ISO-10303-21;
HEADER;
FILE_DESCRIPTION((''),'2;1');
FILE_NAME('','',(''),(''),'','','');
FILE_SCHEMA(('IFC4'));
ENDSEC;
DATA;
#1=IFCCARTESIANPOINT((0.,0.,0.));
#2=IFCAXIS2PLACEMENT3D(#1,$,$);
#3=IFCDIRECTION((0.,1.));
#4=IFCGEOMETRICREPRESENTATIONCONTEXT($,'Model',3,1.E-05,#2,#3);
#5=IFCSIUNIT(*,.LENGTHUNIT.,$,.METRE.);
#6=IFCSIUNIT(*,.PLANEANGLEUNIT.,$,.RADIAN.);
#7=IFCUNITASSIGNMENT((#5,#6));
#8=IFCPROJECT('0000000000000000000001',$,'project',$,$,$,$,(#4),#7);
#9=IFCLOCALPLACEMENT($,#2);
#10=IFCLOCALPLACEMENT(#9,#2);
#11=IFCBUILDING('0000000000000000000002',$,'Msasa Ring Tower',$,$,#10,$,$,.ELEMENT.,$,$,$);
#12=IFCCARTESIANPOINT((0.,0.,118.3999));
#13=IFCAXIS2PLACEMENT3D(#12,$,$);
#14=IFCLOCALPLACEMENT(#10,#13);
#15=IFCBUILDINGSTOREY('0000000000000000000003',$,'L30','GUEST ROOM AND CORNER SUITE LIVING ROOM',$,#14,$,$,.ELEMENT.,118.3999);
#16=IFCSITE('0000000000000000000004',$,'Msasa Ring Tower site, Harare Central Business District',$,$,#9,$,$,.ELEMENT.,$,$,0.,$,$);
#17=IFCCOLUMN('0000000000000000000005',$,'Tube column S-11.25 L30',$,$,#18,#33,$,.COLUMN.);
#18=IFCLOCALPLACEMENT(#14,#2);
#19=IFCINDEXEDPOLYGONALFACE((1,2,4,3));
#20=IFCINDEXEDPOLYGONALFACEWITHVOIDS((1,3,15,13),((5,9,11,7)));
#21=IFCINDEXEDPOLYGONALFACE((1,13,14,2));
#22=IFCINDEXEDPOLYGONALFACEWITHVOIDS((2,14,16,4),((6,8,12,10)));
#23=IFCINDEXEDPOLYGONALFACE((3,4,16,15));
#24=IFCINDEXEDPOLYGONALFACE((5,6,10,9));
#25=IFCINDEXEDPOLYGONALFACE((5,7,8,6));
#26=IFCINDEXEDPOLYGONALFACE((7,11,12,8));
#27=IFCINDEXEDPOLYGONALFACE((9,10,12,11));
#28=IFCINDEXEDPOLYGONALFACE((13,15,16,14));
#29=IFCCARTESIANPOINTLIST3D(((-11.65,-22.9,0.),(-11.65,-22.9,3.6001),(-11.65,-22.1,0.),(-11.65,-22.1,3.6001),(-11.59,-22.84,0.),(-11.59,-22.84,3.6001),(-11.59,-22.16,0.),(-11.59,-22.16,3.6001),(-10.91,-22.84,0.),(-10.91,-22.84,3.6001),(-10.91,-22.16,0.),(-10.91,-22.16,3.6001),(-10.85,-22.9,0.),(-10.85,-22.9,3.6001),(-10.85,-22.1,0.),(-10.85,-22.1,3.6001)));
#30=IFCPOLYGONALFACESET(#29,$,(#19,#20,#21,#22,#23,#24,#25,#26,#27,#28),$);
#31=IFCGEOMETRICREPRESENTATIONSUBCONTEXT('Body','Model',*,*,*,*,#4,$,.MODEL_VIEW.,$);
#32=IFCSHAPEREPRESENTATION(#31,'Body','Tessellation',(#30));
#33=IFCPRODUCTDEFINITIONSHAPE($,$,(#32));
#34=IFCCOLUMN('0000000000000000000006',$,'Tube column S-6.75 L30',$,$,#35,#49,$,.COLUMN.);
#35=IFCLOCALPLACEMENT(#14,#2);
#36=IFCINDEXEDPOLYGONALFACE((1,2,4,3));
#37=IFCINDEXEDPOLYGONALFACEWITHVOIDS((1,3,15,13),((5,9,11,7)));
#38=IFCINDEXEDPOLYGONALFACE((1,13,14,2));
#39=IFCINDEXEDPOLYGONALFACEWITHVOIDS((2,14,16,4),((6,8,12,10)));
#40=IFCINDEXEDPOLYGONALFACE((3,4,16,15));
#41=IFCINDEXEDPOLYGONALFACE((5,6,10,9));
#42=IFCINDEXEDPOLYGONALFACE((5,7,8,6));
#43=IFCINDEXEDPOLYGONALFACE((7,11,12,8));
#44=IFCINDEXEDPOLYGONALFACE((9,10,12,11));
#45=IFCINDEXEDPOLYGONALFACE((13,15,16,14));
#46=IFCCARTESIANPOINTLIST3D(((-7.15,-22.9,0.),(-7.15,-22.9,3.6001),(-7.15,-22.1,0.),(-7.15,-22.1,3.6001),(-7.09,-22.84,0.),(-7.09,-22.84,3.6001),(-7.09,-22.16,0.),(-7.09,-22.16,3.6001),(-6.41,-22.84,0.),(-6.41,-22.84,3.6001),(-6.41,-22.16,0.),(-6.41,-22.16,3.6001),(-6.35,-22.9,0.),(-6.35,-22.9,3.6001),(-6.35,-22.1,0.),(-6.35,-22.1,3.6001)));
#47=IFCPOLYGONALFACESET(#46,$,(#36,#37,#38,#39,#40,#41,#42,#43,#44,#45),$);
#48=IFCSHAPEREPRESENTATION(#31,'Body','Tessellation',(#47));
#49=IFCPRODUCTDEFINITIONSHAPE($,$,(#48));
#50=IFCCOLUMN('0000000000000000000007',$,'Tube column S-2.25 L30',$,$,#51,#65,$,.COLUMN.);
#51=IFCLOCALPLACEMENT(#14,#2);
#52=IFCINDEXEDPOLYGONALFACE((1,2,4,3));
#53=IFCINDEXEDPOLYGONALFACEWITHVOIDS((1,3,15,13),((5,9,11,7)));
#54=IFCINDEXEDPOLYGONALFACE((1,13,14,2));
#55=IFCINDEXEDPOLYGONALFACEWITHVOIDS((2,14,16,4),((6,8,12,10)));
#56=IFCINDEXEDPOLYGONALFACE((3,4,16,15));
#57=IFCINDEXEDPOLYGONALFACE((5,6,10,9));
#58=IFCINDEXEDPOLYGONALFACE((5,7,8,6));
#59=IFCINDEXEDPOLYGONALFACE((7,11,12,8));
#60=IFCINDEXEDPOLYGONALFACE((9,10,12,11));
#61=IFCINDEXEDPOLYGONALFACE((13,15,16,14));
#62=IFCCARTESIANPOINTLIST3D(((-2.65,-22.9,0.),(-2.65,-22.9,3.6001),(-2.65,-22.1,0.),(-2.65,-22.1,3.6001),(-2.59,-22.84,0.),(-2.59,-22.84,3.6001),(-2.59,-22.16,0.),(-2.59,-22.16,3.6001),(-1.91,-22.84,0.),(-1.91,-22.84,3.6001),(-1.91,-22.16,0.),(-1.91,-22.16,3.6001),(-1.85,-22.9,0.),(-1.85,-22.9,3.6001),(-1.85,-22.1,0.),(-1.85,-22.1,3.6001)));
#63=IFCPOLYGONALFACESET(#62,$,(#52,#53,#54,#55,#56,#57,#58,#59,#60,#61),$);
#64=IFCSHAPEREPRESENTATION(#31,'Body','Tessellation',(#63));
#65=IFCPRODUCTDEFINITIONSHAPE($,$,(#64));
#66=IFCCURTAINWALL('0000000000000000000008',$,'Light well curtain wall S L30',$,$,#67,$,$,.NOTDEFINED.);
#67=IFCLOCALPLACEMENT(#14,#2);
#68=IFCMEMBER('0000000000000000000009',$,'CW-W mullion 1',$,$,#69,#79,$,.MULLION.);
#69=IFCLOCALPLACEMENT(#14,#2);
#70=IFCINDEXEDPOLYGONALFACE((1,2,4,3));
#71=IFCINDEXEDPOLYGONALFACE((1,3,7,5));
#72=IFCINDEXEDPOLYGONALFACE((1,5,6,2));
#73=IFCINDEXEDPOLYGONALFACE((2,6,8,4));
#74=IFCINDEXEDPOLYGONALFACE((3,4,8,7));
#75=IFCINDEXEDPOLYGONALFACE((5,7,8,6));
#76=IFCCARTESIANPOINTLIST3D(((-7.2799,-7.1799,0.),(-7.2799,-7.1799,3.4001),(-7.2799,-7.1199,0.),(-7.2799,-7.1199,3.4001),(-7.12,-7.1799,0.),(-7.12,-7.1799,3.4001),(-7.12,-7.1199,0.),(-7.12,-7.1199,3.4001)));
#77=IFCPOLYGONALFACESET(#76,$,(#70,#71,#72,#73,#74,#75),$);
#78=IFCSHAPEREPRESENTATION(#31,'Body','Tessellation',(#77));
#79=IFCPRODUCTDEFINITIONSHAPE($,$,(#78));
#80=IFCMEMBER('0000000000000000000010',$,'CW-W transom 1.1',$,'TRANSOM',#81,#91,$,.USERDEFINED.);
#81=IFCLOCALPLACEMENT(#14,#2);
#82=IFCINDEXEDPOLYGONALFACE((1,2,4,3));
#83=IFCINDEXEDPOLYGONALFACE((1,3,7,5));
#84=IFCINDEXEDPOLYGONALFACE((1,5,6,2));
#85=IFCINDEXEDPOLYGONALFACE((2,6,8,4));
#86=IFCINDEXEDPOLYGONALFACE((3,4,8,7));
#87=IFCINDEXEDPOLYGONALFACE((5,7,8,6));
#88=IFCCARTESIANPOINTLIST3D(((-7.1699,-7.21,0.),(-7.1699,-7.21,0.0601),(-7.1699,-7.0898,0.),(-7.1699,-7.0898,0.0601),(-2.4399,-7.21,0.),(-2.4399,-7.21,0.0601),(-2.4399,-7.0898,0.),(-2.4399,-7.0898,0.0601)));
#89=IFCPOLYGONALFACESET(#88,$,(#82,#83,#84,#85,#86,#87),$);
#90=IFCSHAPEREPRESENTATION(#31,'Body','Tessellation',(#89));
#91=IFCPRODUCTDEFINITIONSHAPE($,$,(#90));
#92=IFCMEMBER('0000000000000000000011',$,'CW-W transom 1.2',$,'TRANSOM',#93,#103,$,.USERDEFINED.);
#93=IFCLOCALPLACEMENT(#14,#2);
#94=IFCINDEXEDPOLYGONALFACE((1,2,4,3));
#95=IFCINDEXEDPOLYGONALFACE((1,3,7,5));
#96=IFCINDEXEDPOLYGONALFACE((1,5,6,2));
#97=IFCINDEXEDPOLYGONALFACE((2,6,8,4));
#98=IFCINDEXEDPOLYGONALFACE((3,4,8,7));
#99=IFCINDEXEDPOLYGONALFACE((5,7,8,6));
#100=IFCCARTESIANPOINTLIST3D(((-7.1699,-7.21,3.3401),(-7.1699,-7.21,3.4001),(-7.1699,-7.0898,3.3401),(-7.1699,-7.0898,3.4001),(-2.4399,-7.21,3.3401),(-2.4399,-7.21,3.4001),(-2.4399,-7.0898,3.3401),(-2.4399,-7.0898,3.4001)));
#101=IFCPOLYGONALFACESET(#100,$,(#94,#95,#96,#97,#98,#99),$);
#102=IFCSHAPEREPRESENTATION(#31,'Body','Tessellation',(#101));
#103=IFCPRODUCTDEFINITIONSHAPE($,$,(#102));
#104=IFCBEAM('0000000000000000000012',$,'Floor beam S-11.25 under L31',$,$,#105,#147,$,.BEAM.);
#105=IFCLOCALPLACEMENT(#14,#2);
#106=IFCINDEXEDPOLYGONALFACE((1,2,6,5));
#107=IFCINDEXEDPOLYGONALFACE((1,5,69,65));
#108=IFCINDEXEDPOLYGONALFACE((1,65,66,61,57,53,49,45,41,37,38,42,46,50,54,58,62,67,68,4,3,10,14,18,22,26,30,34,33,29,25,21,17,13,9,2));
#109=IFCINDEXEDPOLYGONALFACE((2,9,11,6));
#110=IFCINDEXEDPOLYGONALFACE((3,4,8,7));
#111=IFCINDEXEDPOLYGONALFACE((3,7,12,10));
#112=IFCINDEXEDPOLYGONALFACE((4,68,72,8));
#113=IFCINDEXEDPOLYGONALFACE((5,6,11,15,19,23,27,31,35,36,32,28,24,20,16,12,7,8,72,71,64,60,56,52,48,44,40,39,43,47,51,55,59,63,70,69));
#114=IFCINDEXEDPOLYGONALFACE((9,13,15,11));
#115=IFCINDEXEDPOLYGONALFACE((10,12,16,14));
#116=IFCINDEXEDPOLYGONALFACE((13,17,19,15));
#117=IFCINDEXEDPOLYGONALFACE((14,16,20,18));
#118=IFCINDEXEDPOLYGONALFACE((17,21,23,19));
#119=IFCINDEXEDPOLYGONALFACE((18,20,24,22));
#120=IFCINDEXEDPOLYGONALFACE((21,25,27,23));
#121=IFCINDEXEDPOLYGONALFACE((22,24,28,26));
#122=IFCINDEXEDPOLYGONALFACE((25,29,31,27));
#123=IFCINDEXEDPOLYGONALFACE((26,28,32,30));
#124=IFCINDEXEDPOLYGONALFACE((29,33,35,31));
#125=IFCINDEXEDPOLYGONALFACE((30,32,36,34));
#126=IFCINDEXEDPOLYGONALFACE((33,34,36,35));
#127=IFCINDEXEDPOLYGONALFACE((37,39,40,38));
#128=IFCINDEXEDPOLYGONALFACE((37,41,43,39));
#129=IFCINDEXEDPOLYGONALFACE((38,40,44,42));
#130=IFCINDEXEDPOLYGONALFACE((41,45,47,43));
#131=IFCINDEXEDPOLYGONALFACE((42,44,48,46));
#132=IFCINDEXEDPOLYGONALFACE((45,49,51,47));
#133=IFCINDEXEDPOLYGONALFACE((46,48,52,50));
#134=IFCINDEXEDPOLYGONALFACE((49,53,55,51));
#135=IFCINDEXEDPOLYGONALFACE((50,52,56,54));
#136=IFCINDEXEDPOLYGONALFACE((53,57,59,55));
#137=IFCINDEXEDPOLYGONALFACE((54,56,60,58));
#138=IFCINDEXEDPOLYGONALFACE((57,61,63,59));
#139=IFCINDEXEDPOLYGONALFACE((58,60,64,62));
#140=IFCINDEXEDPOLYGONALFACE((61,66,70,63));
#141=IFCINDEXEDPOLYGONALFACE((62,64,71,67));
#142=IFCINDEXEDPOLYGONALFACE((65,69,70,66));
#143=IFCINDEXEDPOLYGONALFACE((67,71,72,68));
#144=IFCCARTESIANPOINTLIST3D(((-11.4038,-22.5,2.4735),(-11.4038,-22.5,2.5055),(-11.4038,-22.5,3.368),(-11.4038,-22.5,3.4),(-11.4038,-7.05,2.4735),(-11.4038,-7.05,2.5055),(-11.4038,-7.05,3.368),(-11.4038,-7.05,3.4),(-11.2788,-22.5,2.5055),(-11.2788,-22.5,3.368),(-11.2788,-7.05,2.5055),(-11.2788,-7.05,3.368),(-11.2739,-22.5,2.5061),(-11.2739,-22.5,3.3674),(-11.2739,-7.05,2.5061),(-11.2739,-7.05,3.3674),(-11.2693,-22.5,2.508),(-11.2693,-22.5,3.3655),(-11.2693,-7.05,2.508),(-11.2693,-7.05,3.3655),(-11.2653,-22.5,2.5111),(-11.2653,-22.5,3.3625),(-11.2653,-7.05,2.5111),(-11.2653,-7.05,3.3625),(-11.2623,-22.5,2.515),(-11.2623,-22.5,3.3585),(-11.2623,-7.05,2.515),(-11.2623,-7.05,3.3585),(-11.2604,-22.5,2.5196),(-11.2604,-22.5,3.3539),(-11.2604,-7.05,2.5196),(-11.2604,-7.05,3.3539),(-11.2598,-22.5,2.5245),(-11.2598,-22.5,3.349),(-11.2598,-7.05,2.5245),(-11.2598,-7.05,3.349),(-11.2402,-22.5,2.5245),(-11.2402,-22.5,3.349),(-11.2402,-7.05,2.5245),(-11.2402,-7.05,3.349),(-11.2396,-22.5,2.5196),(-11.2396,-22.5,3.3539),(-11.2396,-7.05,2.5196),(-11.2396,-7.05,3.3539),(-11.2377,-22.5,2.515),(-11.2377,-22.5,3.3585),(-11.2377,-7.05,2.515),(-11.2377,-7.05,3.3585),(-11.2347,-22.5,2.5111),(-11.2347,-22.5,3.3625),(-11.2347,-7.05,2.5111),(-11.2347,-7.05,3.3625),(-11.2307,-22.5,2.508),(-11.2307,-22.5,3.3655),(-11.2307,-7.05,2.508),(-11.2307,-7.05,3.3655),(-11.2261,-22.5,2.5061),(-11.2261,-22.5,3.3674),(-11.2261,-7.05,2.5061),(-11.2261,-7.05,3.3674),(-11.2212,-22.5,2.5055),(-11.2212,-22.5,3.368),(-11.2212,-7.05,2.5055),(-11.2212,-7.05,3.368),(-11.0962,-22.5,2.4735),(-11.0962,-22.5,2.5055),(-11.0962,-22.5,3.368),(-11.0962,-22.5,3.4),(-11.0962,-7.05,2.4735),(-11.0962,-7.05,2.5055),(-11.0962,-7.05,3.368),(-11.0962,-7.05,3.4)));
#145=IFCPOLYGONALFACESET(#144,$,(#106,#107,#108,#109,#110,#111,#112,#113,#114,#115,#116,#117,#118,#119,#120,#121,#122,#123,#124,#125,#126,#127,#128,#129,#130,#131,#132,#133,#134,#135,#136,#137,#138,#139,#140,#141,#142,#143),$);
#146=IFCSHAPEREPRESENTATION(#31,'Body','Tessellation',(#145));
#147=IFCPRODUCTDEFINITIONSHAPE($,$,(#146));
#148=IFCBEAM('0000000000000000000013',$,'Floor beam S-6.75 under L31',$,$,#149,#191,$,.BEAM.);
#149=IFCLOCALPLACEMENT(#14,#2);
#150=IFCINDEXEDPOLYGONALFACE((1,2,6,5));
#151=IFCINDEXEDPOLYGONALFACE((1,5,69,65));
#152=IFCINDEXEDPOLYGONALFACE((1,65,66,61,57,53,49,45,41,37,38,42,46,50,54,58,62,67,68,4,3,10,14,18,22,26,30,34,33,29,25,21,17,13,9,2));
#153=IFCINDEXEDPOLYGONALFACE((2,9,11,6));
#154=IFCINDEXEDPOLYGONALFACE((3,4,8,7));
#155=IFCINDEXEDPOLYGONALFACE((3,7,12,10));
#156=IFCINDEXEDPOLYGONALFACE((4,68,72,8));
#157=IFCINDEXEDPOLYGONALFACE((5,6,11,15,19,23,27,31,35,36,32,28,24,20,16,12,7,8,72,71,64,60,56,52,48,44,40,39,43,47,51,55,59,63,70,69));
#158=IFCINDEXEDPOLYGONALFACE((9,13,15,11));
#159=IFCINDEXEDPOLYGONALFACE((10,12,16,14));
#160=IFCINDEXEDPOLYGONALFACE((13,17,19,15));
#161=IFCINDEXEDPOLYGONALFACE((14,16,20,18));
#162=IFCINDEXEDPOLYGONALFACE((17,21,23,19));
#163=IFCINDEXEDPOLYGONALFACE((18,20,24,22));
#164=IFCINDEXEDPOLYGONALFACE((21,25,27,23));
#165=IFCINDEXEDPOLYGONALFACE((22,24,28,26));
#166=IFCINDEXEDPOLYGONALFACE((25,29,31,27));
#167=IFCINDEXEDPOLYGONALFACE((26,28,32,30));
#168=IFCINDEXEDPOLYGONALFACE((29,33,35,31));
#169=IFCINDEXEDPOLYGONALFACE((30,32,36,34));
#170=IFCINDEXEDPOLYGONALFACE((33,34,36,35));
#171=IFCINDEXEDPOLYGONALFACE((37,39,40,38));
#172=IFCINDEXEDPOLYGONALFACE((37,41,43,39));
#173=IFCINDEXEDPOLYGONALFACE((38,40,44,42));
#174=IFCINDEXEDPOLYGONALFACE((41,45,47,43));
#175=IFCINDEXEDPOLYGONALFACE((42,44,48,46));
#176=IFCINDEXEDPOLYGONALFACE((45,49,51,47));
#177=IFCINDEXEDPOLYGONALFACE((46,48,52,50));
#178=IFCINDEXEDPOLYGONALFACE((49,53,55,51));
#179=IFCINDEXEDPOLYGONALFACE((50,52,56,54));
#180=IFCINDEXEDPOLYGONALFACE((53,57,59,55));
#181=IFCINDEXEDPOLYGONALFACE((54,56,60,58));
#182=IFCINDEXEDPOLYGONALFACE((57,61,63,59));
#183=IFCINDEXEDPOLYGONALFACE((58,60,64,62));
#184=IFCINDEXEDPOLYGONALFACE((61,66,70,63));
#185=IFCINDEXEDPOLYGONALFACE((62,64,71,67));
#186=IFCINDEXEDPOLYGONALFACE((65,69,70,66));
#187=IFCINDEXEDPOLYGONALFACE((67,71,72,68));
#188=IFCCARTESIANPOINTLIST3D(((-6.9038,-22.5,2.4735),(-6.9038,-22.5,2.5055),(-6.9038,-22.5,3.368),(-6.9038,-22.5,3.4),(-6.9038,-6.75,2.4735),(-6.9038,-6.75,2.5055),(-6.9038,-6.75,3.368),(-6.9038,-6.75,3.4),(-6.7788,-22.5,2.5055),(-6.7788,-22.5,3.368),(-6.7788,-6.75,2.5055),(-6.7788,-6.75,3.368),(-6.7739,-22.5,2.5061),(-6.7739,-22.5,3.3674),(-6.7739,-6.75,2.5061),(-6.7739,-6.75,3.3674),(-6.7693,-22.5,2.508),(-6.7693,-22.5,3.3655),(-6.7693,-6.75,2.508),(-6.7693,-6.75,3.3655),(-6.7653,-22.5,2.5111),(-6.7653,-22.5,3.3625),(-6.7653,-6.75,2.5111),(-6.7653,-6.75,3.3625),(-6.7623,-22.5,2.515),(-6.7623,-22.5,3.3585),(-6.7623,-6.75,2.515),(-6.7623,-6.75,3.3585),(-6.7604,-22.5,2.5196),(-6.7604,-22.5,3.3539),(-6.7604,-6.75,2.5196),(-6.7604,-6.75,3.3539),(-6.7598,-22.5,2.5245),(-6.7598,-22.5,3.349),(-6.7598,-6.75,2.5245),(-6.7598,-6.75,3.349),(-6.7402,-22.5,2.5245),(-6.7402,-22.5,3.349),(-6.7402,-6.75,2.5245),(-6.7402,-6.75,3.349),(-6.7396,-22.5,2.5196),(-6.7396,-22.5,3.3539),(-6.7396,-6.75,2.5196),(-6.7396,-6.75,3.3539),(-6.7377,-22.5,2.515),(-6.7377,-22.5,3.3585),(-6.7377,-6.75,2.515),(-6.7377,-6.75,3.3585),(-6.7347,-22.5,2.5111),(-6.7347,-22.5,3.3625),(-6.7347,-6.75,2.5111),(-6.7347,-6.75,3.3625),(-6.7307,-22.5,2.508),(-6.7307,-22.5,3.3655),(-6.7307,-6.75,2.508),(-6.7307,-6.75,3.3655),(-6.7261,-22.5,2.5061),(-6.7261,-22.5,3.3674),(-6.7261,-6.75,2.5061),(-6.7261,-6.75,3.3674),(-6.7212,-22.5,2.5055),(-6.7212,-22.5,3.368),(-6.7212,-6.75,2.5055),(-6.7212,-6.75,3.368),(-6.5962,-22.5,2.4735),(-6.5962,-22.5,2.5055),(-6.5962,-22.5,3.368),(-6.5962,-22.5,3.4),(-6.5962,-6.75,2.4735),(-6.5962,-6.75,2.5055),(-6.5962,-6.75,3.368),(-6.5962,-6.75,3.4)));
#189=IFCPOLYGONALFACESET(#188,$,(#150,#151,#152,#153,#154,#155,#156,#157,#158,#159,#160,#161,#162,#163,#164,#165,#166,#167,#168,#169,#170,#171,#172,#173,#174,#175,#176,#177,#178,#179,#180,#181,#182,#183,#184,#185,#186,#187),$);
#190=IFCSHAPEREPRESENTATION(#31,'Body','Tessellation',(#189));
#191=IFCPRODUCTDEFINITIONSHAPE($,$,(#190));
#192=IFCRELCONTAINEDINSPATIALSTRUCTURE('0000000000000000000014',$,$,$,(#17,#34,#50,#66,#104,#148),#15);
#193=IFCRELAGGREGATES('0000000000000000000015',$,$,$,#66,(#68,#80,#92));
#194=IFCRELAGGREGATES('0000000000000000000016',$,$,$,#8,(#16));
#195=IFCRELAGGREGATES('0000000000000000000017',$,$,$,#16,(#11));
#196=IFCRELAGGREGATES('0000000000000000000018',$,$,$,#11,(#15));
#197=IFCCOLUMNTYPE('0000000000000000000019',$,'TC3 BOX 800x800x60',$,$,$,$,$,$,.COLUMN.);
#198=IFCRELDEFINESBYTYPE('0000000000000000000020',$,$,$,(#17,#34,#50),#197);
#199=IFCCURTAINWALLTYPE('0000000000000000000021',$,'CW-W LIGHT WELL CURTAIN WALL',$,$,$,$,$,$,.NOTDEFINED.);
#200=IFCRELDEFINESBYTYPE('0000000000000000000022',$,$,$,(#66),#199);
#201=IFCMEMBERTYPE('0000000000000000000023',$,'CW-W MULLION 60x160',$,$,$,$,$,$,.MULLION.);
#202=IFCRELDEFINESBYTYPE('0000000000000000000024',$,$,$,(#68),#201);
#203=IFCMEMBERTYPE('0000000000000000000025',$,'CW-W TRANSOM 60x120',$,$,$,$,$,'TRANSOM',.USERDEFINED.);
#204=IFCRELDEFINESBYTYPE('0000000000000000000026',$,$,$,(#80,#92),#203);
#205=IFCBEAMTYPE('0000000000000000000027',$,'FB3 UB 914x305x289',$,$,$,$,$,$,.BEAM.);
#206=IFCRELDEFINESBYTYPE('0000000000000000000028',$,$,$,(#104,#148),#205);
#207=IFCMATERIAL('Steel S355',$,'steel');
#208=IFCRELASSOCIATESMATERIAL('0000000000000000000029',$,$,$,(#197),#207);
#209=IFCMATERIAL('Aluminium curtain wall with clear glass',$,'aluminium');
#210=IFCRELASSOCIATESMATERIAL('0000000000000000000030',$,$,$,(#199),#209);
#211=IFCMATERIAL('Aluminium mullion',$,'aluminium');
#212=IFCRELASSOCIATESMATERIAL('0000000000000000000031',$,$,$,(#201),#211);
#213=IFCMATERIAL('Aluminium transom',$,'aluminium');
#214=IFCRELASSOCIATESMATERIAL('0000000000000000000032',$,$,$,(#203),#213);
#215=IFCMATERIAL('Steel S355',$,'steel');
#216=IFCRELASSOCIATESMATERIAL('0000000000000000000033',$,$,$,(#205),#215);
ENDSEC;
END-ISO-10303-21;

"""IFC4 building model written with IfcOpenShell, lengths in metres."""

from ifc_helpers import new_model, si_unit, direction, frame, origin, origin_2d, place, context, subcontext, project, spatial, rectangle, hollow_rectangle, i_section, extrude, material, material_profile, profile_set, type_object, element, aggregate, save


model = new_model("IFC4")

# Units and contexts
model_context = context("Model", 3, precision=1e-05, world=origin(), true_north=direction((0.0, 1.0)))
body_context = subcontext(model_context, "Body", "Model", "MODEL_VIEW")
ifc_project = project(units=[si_unit("LENGTHUNIT", "METRE"), si_unit("PLANEANGLEUNIT", "RADIAN")], contexts=[model_context])

# Site, building, storey
site_placement = place(None, origin())
site = spatial("IfcSite", under=ifc_project, at=site_placement, Name="Msasa Ring Tower site, Harare Central Business District", CompositionType="ELEMENT", RefElevation=0.0)
building_placement = place(site_placement, origin())
building = spatial("IfcBuilding", under=site, at=building_placement, Name="Msasa Ring Tower", CompositionType="ELEMENT")
storey_placement = place(building_placement, frame((0.0, 0.0, 118.3999)))
storey = spatial("IfcBuildingStorey", under=building, at=storey_placement, Name="L30", Description="GUEST ROOM AND CORNER SUITE LIVING ROOM", CompositionType="ELEMENT", Elevation=118.3999)

# Columns
ifc_material_1 = material(Name="Steel S355", Category="steel")
ifc_material_profile_1 = material_profile(ifc_material_1, hollow_rectangle(XDim=0.8, YDim=0.8, WallThickness=0.0601, at=origin_2d()), Name="BOX 800x800x60")
ifc_profile_set_1 = profile_set([ifc_material_profile_1], Name="Steel S355")
column_type = type_object("IfcColumnType", Name="TC3 BOX 800x800x60", PredefinedType="COLUMN", material=ifc_profile_set_1)
for number, where, z_axis, x_axis, name in (
    (1, (-11.25, -22.5, 0.0), (0.0, 0.0, 1.0), (0.0, 1.0, 0.0), "Tube column S-11.25 L30"),
    (2, (-6.75, -22.5, 0.0), (0.0, 0.0, 1.0), (0.0, 1.0, 0.0), "Tube column S-6.75 L30"),
    (3, (-2.25, -22.5, 0.0), (0.0, 0.0, 1.0), (0.0, 1.0, 0.0), "Tube column S-2.25 L30"),
):
    element("IfcColumn", number, at=place(storey_placement, frame(where, z_axis=z_axis, x_axis=x_axis)), inside=storey, type_object=column_type, Name=name, PredefinedType="COLUMN", context=body_context, shape_type="SweptSolid", body=[
        extrude(hollow_rectangle(XDim=0.8, YDim=0.8, WallThickness=0.0601, at=origin_2d()), origin(), (0.0, 0.0, 1.0), 3.6001),
    ])

# Curtain wall, members
ifc_material_2 = material(Name="Aluminium curtain wall with clear glass", Category="aluminium")
curtain_wall_type = type_object("IfcCurtainWallType", Name="CW-W LIGHT WELL CURTAIN WALL", PredefinedType="NOTDEFINED", material=ifc_material_2)
curtain_wall_placement = place(storey_placement, origin())
curtain_wall = element("IfcCurtainWall", 4, at=curtain_wall_placement, inside=storey, type_object=curtain_wall_type, Name="Light well curtain wall S L30", PredefinedType="NOTDEFINED")
ifc_material_3 = material(Name="Aluminium mullion", Category="aluminium")
ifc_material_profile_2 = material_profile(ifc_material_3, rectangle(XDim=0.0601, YDim=0.1599, at=origin_2d()), Name="AL 60x160")
ifc_profile_set_2 = profile_set([ifc_material_profile_2], Name="Aluminium mullion")
member_type_1 = type_object("IfcMemberType", Name="CW-W MULLION 60x160", PredefinedType="MULLION", material=ifc_profile_set_2)
member_1_placement = place(storey_placement, frame((-7.2, -7.1499, 0.0), z_axis=(0.0, 0.0, 1.0), x_axis=(0.0, 1.0, 0.0)))
member_1 = element("IfcMember", 5, at=member_1_placement, type_object=member_type_1, Name="CW-W mullion 1", PredefinedType="MULLION", context=body_context, shape_type="SweptSolid", body=[
    extrude(rectangle(XDim=0.0601, YDim=0.1599, at=origin_2d()), origin(), (0.0, 0.0, 1.0), 3.4001),
])
ifc_material_4 = material(Name="Aluminium transom", Category="aluminium")
ifc_material_profile_3 = material_profile(ifc_material_4, rectangle(XDim=0.1201, YDim=0.0601, at=origin_2d()), Name="AL 60x120")
ifc_profile_set_3 = profile_set([ifc_material_profile_3], Name="Aluminium transom")
member_type_2 = type_object("IfcMemberType", Name="CW-W TRANSOM 60x120", ElementType="TRANSOM", PredefinedType="USERDEFINED", material=ifc_profile_set_3)
member_2_placement = place(storey_placement, frame((-7.1699, -7.1499, 0.03), z_axis=(1.0, 0.0, 0.0), x_axis=(0.0, 1.0, 0.0)))
member_2 = element("IfcMember", 6, at=member_2_placement, type_object=member_type_2, Name="CW-W transom 1.1", ObjectType="TRANSOM", PredefinedType="USERDEFINED", context=body_context, shape_type="SweptSolid", body=[
    extrude(rectangle(XDim=0.1201, YDim=0.0601, at=origin_2d()), origin(), (0.0, 0.0, 1.0), 4.73),
])
member_3_placement = place(storey_placement, frame((-7.1699, -7.1499, 3.3701), z_axis=(1.0, 0.0, 0.0), x_axis=(0.0, 1.0, 0.0)))
member_3 = element("IfcMember", 7, at=member_3_placement, type_object=member_type_2, Name="CW-W transom 1.2", ObjectType="TRANSOM", PredefinedType="USERDEFINED", context=body_context, shape_type="SweptSolid", body=[
    extrude(rectangle(XDim=0.1201, YDim=0.0601, at=origin_2d()), origin(), (0.0, 0.0, 1.0), 4.73),
])

# Beams
ifc_material_5 = material(Name="Steel S355", Category="steel")
ifc_material_profile_4 = material_profile(ifc_material_5, i_section(OverallWidth=0.3076, OverallDepth=0.9265, WebThickness=0.0195, FlangeThickness=0.032, FilletRadius=0.019, at=origin_2d()), Name="UB 914x305x289")
ifc_profile_set_4 = profile_set([ifc_material_profile_4], Name="Steel S355")
beam_type_1 = type_object("IfcBeamType", Name="FB3 UB 914x305x289", PredefinedType="BEAM", material=ifc_profile_set_4)
beam_placement = place(storey_placement, frame((-11.25, -22.5, 2.9368), z_axis=(0.0, 1.0, 0.0), x_axis=(-1.0, 0.0, 0.0)))
element("IfcBeam", 8, at=beam_placement, inside=storey, type_object=beam_type_1, Name="Floor beam S-11.25 under L31", PredefinedType="BEAM", context=body_context, shape_type="SweptSolid", body=[
    extrude(i_section(OverallWidth=0.3076, OverallDepth=0.9265, WebThickness=0.0195, FlangeThickness=0.032, FilletRadius=0.019, at=origin_2d()), origin(), (0.0, 0.0, 1.0), 15.45),
])
for number, where, z_axis, x_axis, name in (
    (9, (-6.75, -22.5, 2.9368), (0.0, 1.0, 0.0), (-1.0, 0.0, 0.0), "Floor beam S-6.75 under L31"),
):
    element("IfcBeam", number, at=place(storey_placement, frame(where, z_axis=z_axis, x_axis=x_axis)), inside=storey, type_object=beam_type_1, Name=name, PredefinedType="BEAM", context=body_context, shape_type="SweptSolid", body=[
        extrude(i_section(OverallWidth=0.3076, OverallDepth=0.9265, WebThickness=0.0195, FlangeThickness=0.032, FilletRadius=0.019, at=origin_2d()), origin(), (0.0, 0.0, 1.0), 15.75),
    ])

aggregate(curtain_wall, [member_1, member_2, member_3])

save(model, "model.ifc")
